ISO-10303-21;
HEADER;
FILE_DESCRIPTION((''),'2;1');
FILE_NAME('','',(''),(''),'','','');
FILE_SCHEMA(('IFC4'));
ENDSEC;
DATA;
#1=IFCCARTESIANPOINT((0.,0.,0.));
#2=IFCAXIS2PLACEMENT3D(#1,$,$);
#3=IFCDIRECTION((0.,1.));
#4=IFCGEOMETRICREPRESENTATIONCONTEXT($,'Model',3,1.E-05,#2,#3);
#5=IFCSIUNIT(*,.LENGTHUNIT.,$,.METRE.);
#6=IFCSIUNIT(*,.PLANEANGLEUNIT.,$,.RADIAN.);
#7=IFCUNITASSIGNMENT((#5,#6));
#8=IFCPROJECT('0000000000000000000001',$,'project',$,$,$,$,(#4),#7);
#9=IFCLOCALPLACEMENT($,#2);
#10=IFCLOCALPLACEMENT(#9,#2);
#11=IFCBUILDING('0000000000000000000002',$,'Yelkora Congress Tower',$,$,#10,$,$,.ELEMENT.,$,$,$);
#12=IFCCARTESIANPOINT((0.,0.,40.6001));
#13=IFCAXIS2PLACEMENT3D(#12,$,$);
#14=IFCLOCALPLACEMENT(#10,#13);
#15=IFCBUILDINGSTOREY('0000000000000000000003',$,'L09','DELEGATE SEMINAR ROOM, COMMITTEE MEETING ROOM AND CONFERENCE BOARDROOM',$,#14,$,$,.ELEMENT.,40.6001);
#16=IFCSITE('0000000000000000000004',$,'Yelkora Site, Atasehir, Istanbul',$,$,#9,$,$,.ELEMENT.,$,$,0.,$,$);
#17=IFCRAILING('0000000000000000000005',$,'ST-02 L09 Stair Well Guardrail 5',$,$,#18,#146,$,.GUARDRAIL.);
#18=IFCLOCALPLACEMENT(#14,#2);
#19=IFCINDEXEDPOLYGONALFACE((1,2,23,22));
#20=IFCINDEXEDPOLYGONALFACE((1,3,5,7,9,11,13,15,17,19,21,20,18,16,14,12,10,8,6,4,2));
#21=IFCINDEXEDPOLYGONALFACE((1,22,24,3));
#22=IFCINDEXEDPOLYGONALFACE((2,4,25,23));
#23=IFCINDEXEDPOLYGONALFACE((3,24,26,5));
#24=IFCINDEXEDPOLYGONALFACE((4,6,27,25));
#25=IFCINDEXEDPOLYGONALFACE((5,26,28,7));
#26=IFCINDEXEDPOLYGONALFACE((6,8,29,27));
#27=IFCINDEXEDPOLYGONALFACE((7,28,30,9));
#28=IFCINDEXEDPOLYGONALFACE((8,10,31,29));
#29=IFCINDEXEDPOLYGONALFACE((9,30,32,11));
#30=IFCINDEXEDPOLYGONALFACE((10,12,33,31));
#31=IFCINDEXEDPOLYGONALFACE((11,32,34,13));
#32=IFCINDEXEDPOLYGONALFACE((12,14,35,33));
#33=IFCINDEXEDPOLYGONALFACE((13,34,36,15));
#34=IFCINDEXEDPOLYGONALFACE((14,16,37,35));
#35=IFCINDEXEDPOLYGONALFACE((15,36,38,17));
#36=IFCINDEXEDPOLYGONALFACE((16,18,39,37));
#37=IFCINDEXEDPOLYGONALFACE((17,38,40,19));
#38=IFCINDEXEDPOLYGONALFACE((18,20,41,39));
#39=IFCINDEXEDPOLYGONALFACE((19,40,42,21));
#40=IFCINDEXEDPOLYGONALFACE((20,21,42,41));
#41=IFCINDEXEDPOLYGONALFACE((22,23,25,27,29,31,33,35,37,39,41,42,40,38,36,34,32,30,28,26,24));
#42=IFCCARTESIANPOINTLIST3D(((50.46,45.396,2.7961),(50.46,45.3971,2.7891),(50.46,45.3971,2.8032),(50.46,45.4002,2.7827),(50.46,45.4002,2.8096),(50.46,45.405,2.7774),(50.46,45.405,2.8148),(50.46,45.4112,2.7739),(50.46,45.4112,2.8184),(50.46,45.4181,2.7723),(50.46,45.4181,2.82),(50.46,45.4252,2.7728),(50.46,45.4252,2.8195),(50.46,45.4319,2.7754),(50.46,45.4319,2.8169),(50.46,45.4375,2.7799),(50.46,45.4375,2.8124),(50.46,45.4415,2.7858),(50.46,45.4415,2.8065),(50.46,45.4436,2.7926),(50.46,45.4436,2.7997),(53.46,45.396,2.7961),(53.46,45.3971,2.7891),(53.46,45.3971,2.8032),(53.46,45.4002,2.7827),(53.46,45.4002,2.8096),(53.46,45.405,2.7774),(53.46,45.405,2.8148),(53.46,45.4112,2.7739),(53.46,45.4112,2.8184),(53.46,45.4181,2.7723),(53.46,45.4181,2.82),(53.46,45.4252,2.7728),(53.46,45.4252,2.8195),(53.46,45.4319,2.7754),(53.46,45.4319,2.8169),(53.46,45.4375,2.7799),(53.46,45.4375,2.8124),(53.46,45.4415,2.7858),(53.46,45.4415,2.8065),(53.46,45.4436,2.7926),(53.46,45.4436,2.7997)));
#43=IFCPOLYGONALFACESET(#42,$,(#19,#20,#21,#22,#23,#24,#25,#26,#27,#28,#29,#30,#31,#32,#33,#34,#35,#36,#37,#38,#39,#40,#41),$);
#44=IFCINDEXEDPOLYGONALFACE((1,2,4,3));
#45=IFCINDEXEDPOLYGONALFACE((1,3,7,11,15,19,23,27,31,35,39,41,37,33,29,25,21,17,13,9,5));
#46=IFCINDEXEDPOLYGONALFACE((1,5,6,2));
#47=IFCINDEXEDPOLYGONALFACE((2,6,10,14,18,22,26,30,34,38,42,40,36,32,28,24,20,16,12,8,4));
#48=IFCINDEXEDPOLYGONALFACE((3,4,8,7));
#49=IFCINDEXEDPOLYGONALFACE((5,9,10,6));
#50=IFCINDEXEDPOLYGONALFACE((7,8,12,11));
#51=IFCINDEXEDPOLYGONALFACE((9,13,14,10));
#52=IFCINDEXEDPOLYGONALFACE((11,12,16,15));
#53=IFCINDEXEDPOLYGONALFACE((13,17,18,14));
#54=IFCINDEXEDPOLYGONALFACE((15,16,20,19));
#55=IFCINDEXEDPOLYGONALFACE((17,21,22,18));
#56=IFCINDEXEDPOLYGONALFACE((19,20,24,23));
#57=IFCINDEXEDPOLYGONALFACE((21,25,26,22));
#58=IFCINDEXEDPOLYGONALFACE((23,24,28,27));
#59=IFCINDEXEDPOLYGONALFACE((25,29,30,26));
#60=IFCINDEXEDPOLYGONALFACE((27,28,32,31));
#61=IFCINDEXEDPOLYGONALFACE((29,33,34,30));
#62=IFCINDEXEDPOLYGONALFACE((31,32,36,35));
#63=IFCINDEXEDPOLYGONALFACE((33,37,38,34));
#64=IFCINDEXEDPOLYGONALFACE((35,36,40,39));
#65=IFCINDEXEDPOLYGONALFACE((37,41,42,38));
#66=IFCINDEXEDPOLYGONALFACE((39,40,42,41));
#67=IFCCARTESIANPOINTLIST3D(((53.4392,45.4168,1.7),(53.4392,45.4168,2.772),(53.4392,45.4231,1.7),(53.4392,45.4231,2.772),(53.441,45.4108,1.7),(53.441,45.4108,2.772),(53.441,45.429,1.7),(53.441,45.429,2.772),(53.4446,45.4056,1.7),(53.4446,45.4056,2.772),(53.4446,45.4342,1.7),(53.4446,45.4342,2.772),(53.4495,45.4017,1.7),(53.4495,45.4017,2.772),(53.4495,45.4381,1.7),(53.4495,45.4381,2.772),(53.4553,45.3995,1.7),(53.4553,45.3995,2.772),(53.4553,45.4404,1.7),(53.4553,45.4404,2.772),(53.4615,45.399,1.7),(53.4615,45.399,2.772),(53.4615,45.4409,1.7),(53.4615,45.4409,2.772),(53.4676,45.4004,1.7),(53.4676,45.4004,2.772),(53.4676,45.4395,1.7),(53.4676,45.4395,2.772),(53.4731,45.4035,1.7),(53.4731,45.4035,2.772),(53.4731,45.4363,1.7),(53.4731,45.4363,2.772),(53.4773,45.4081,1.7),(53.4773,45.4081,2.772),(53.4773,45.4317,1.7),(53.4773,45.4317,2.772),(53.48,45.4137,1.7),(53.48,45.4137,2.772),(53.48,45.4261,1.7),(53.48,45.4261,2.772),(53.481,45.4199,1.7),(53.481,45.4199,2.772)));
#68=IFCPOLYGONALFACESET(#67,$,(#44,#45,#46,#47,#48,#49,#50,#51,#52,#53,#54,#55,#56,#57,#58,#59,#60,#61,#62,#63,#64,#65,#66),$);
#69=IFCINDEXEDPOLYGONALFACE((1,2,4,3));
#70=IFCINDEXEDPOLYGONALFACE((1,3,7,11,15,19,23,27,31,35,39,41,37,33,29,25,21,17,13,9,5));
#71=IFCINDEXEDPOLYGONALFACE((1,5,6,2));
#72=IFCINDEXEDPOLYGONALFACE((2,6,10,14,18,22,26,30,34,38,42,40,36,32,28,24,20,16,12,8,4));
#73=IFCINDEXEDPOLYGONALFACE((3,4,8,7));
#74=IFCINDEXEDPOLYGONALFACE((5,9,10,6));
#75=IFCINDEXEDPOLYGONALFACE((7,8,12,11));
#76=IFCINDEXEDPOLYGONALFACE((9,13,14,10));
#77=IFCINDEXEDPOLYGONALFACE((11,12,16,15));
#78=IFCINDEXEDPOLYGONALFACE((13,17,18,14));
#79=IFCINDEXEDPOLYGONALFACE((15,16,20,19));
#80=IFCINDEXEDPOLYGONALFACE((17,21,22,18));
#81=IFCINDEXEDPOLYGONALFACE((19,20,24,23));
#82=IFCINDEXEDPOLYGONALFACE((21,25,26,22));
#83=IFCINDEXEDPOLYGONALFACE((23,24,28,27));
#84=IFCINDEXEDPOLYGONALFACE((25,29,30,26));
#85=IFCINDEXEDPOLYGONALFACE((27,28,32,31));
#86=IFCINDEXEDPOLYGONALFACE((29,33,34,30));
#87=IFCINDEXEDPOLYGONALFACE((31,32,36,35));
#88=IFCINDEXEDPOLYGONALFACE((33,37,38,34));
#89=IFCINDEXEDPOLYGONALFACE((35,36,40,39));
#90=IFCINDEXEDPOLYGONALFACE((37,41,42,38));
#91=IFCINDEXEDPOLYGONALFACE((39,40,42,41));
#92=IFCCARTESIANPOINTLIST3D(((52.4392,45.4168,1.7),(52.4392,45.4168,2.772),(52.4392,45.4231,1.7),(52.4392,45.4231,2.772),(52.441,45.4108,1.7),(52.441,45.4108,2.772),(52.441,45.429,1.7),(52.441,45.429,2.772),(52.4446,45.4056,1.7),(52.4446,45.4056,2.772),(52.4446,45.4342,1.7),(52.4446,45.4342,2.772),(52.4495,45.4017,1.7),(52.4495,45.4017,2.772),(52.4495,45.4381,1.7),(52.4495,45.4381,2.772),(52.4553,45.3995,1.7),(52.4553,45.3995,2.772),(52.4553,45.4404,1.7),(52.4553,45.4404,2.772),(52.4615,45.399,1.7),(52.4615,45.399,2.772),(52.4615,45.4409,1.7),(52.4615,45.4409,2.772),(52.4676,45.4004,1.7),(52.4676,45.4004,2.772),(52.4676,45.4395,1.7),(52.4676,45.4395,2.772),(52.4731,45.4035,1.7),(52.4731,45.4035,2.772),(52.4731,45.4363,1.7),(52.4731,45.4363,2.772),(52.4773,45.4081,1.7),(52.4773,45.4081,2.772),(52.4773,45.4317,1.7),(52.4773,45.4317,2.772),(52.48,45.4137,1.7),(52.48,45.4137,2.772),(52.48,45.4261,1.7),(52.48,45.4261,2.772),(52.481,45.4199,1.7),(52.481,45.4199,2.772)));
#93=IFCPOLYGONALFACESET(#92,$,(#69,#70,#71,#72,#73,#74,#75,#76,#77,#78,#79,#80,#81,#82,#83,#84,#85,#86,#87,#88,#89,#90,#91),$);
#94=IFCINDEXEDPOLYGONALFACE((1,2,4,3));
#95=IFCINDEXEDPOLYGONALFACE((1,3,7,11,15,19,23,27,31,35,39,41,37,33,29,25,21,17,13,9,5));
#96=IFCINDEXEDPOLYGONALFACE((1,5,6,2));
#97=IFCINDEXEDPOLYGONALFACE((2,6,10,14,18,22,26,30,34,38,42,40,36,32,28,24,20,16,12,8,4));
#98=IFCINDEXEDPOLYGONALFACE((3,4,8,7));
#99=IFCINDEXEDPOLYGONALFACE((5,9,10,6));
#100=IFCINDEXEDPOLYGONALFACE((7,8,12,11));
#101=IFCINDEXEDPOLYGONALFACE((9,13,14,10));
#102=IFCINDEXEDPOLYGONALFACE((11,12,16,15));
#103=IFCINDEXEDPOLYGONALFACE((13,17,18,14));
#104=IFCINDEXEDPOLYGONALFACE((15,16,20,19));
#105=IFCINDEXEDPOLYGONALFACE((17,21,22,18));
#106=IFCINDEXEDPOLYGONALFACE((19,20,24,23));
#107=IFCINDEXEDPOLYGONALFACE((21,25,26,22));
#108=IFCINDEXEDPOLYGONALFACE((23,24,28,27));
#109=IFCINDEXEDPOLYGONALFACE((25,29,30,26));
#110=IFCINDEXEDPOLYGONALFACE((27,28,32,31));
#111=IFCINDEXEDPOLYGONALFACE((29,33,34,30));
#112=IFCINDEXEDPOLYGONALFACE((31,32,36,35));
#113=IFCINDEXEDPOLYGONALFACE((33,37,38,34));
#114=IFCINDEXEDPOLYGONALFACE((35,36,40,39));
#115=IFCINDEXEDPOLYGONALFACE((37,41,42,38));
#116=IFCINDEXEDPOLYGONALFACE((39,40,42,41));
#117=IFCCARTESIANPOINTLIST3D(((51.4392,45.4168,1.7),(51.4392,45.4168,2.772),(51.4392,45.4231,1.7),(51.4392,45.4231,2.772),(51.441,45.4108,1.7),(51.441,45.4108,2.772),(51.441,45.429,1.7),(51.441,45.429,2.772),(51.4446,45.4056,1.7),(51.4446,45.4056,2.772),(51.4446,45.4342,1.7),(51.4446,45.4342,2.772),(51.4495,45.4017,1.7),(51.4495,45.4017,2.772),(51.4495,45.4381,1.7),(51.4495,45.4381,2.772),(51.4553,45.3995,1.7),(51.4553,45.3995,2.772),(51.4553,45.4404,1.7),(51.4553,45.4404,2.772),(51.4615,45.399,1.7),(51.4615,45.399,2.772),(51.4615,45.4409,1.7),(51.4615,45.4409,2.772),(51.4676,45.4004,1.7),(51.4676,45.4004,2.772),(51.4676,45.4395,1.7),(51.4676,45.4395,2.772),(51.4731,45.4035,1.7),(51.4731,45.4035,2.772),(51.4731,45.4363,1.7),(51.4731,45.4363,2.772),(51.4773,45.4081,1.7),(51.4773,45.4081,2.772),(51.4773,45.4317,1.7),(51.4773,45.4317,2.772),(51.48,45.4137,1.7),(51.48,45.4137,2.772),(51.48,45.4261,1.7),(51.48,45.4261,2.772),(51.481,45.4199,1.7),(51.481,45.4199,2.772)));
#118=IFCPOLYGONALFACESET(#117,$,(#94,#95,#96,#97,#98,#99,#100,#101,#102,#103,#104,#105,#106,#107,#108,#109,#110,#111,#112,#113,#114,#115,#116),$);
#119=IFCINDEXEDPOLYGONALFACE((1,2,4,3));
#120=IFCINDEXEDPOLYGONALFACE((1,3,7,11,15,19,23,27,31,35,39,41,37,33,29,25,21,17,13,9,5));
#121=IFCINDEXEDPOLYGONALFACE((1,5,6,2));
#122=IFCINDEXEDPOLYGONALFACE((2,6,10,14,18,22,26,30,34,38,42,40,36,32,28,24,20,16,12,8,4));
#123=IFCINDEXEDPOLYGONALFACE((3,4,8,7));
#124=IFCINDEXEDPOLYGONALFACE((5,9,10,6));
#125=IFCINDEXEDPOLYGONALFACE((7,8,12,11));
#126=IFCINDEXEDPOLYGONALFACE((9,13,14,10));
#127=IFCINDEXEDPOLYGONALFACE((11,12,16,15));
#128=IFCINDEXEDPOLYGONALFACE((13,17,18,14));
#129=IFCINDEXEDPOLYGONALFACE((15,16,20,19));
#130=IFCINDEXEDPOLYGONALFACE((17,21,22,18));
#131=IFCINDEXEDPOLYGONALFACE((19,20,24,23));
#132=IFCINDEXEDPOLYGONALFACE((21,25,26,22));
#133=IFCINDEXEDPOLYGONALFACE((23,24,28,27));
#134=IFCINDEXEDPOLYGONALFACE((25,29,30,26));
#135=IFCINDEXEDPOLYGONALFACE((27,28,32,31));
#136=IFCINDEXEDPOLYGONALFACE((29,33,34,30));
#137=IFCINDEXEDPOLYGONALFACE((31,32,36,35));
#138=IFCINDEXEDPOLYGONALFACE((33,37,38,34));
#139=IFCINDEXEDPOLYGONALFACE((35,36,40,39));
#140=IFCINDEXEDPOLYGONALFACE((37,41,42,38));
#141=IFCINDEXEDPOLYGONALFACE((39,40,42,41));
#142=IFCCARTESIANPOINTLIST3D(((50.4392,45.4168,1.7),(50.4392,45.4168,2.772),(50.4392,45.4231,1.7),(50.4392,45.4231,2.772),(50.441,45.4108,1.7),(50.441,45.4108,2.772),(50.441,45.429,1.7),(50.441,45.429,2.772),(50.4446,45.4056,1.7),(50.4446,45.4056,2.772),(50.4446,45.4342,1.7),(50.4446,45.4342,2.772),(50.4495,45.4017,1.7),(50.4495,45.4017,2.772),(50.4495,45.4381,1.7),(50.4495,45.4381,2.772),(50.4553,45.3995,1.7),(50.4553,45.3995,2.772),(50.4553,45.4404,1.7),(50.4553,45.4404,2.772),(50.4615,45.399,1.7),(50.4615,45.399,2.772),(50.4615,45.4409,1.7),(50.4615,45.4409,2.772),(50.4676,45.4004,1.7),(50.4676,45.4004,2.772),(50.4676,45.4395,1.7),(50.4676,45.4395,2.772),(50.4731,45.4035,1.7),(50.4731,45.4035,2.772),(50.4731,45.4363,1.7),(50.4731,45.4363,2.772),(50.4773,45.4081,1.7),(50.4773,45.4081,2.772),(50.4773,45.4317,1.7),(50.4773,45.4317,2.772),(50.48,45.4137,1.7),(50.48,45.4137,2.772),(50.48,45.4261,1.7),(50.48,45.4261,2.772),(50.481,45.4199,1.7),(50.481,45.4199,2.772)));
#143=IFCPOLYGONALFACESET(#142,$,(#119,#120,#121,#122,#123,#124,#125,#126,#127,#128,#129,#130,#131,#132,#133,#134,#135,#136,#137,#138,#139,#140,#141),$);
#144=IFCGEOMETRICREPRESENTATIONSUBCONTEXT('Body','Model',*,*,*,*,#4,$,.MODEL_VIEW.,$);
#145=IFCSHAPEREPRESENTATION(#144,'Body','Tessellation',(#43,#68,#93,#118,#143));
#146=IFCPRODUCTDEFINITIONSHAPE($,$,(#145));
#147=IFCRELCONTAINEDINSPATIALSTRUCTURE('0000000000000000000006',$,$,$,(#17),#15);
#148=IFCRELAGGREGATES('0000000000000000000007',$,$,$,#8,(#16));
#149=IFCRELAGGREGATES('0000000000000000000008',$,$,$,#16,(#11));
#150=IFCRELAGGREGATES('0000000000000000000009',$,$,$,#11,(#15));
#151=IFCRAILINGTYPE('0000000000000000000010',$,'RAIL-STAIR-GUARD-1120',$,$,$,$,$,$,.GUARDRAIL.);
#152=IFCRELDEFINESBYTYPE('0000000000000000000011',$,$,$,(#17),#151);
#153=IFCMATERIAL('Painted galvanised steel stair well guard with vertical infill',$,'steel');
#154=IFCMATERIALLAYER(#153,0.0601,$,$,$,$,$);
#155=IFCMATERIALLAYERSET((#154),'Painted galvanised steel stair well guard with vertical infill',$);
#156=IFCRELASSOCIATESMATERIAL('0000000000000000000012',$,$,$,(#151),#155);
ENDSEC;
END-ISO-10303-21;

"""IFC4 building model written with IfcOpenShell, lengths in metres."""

from ifc_helpers import new_model, si_unit, direction, frame, origin, origin_2d, place, context, subcontext, project, spatial, circle, extrude, material, layer, layer_set, type_object, element, save


model = new_model("IFC4")

# Units and contexts
model_context = context("Model", 3, precision=1e-05, world=origin(), true_north=direction((0.0, 1.0)))
body_context = subcontext(model_context, "Body", "Model", "MODEL_VIEW")
ifc_project = project(units=[si_unit("LENGTHUNIT", "METRE"), si_unit("PLANEANGLEUNIT", "RADIAN")], contexts=[model_context])

# Site, building, storey
site_placement = place(None, origin())
site = spatial("IfcSite", under=ifc_project, at=site_placement, Name="Yelkora Site, Atasehir, Istanbul", CompositionType="ELEMENT", RefElevation=0.0)
building_placement = place(site_placement, origin())
building = spatial("IfcBuilding", under=site, at=building_placement, Name="Yelkora Congress Tower", CompositionType="ELEMENT")
storey_placement = place(building_placement, frame((0.0, 0.0, 40.6001)))
storey = spatial("IfcBuildingStorey", under=building, at=storey_placement, Name="L09", Description="DELEGATE SEMINAR ROOM, COMMITTEE MEETING ROOM AND CONFERENCE BOARDROOM", CompositionType="ELEMENT", Elevation=40.6001)

# Railing
ifc_material_1 = material(Name="Painted galvanised steel stair well guard with vertical infill", Category="steel")
ifc_layer_1 = layer(ifc_material_1, 0.0601)
ifc_layer_set_1 = layer_set([ifc_layer_1], Name="Painted galvanised steel stair well guard with vertical infill")
railing_type_1 = type_object("IfcRailingType", Name="RAIL-STAIR-GUARD-1120", PredefinedType="GUARDRAIL", material=ifc_layer_set_1)
railing_1_placement = place(storey_placement, frame((53.46, 45.4199, 1.7)))
element("IfcRailing", 1, at=railing_1_placement, inside=storey, type_object=railing_type_1, Name="ST-02 L09 Stair Well Guardrail 5", PredefinedType="GUARDRAIL", context=body_context, shape_type="SweptSolid", body=[
    extrude(circle(Radius=0.0239, at=origin_2d()), frame((0.0, 0.0, 1.0962), z_axis=(-1.0, 0.0, 0.0), x_axis=(0.0, -1.0, 0.0)), (0.0, 0.0, 1.0), 3.0),
    extrude(circle(Radius=0.021, at=origin_2d()), origin(), (0.0, 0.0, 1.0), 1.072),
    extrude(circle(Radius=0.021, at=origin_2d()), frame((-1.0, 0.0, 0.0)), (0.0, 0.0, 1.0), 1.072),
    extrude(circle(Radius=0.021, at=origin_2d()), frame((-2.0, 0.0, 0.0)), (0.0, 0.0, 1.0), 1.072),
    extrude(circle(Radius=0.021, at=origin_2d()), frame((-3.0, 0.0, 0.0)), (0.0, 0.0, 1.0), 1.072),
])

save(model, "model.ifc")
